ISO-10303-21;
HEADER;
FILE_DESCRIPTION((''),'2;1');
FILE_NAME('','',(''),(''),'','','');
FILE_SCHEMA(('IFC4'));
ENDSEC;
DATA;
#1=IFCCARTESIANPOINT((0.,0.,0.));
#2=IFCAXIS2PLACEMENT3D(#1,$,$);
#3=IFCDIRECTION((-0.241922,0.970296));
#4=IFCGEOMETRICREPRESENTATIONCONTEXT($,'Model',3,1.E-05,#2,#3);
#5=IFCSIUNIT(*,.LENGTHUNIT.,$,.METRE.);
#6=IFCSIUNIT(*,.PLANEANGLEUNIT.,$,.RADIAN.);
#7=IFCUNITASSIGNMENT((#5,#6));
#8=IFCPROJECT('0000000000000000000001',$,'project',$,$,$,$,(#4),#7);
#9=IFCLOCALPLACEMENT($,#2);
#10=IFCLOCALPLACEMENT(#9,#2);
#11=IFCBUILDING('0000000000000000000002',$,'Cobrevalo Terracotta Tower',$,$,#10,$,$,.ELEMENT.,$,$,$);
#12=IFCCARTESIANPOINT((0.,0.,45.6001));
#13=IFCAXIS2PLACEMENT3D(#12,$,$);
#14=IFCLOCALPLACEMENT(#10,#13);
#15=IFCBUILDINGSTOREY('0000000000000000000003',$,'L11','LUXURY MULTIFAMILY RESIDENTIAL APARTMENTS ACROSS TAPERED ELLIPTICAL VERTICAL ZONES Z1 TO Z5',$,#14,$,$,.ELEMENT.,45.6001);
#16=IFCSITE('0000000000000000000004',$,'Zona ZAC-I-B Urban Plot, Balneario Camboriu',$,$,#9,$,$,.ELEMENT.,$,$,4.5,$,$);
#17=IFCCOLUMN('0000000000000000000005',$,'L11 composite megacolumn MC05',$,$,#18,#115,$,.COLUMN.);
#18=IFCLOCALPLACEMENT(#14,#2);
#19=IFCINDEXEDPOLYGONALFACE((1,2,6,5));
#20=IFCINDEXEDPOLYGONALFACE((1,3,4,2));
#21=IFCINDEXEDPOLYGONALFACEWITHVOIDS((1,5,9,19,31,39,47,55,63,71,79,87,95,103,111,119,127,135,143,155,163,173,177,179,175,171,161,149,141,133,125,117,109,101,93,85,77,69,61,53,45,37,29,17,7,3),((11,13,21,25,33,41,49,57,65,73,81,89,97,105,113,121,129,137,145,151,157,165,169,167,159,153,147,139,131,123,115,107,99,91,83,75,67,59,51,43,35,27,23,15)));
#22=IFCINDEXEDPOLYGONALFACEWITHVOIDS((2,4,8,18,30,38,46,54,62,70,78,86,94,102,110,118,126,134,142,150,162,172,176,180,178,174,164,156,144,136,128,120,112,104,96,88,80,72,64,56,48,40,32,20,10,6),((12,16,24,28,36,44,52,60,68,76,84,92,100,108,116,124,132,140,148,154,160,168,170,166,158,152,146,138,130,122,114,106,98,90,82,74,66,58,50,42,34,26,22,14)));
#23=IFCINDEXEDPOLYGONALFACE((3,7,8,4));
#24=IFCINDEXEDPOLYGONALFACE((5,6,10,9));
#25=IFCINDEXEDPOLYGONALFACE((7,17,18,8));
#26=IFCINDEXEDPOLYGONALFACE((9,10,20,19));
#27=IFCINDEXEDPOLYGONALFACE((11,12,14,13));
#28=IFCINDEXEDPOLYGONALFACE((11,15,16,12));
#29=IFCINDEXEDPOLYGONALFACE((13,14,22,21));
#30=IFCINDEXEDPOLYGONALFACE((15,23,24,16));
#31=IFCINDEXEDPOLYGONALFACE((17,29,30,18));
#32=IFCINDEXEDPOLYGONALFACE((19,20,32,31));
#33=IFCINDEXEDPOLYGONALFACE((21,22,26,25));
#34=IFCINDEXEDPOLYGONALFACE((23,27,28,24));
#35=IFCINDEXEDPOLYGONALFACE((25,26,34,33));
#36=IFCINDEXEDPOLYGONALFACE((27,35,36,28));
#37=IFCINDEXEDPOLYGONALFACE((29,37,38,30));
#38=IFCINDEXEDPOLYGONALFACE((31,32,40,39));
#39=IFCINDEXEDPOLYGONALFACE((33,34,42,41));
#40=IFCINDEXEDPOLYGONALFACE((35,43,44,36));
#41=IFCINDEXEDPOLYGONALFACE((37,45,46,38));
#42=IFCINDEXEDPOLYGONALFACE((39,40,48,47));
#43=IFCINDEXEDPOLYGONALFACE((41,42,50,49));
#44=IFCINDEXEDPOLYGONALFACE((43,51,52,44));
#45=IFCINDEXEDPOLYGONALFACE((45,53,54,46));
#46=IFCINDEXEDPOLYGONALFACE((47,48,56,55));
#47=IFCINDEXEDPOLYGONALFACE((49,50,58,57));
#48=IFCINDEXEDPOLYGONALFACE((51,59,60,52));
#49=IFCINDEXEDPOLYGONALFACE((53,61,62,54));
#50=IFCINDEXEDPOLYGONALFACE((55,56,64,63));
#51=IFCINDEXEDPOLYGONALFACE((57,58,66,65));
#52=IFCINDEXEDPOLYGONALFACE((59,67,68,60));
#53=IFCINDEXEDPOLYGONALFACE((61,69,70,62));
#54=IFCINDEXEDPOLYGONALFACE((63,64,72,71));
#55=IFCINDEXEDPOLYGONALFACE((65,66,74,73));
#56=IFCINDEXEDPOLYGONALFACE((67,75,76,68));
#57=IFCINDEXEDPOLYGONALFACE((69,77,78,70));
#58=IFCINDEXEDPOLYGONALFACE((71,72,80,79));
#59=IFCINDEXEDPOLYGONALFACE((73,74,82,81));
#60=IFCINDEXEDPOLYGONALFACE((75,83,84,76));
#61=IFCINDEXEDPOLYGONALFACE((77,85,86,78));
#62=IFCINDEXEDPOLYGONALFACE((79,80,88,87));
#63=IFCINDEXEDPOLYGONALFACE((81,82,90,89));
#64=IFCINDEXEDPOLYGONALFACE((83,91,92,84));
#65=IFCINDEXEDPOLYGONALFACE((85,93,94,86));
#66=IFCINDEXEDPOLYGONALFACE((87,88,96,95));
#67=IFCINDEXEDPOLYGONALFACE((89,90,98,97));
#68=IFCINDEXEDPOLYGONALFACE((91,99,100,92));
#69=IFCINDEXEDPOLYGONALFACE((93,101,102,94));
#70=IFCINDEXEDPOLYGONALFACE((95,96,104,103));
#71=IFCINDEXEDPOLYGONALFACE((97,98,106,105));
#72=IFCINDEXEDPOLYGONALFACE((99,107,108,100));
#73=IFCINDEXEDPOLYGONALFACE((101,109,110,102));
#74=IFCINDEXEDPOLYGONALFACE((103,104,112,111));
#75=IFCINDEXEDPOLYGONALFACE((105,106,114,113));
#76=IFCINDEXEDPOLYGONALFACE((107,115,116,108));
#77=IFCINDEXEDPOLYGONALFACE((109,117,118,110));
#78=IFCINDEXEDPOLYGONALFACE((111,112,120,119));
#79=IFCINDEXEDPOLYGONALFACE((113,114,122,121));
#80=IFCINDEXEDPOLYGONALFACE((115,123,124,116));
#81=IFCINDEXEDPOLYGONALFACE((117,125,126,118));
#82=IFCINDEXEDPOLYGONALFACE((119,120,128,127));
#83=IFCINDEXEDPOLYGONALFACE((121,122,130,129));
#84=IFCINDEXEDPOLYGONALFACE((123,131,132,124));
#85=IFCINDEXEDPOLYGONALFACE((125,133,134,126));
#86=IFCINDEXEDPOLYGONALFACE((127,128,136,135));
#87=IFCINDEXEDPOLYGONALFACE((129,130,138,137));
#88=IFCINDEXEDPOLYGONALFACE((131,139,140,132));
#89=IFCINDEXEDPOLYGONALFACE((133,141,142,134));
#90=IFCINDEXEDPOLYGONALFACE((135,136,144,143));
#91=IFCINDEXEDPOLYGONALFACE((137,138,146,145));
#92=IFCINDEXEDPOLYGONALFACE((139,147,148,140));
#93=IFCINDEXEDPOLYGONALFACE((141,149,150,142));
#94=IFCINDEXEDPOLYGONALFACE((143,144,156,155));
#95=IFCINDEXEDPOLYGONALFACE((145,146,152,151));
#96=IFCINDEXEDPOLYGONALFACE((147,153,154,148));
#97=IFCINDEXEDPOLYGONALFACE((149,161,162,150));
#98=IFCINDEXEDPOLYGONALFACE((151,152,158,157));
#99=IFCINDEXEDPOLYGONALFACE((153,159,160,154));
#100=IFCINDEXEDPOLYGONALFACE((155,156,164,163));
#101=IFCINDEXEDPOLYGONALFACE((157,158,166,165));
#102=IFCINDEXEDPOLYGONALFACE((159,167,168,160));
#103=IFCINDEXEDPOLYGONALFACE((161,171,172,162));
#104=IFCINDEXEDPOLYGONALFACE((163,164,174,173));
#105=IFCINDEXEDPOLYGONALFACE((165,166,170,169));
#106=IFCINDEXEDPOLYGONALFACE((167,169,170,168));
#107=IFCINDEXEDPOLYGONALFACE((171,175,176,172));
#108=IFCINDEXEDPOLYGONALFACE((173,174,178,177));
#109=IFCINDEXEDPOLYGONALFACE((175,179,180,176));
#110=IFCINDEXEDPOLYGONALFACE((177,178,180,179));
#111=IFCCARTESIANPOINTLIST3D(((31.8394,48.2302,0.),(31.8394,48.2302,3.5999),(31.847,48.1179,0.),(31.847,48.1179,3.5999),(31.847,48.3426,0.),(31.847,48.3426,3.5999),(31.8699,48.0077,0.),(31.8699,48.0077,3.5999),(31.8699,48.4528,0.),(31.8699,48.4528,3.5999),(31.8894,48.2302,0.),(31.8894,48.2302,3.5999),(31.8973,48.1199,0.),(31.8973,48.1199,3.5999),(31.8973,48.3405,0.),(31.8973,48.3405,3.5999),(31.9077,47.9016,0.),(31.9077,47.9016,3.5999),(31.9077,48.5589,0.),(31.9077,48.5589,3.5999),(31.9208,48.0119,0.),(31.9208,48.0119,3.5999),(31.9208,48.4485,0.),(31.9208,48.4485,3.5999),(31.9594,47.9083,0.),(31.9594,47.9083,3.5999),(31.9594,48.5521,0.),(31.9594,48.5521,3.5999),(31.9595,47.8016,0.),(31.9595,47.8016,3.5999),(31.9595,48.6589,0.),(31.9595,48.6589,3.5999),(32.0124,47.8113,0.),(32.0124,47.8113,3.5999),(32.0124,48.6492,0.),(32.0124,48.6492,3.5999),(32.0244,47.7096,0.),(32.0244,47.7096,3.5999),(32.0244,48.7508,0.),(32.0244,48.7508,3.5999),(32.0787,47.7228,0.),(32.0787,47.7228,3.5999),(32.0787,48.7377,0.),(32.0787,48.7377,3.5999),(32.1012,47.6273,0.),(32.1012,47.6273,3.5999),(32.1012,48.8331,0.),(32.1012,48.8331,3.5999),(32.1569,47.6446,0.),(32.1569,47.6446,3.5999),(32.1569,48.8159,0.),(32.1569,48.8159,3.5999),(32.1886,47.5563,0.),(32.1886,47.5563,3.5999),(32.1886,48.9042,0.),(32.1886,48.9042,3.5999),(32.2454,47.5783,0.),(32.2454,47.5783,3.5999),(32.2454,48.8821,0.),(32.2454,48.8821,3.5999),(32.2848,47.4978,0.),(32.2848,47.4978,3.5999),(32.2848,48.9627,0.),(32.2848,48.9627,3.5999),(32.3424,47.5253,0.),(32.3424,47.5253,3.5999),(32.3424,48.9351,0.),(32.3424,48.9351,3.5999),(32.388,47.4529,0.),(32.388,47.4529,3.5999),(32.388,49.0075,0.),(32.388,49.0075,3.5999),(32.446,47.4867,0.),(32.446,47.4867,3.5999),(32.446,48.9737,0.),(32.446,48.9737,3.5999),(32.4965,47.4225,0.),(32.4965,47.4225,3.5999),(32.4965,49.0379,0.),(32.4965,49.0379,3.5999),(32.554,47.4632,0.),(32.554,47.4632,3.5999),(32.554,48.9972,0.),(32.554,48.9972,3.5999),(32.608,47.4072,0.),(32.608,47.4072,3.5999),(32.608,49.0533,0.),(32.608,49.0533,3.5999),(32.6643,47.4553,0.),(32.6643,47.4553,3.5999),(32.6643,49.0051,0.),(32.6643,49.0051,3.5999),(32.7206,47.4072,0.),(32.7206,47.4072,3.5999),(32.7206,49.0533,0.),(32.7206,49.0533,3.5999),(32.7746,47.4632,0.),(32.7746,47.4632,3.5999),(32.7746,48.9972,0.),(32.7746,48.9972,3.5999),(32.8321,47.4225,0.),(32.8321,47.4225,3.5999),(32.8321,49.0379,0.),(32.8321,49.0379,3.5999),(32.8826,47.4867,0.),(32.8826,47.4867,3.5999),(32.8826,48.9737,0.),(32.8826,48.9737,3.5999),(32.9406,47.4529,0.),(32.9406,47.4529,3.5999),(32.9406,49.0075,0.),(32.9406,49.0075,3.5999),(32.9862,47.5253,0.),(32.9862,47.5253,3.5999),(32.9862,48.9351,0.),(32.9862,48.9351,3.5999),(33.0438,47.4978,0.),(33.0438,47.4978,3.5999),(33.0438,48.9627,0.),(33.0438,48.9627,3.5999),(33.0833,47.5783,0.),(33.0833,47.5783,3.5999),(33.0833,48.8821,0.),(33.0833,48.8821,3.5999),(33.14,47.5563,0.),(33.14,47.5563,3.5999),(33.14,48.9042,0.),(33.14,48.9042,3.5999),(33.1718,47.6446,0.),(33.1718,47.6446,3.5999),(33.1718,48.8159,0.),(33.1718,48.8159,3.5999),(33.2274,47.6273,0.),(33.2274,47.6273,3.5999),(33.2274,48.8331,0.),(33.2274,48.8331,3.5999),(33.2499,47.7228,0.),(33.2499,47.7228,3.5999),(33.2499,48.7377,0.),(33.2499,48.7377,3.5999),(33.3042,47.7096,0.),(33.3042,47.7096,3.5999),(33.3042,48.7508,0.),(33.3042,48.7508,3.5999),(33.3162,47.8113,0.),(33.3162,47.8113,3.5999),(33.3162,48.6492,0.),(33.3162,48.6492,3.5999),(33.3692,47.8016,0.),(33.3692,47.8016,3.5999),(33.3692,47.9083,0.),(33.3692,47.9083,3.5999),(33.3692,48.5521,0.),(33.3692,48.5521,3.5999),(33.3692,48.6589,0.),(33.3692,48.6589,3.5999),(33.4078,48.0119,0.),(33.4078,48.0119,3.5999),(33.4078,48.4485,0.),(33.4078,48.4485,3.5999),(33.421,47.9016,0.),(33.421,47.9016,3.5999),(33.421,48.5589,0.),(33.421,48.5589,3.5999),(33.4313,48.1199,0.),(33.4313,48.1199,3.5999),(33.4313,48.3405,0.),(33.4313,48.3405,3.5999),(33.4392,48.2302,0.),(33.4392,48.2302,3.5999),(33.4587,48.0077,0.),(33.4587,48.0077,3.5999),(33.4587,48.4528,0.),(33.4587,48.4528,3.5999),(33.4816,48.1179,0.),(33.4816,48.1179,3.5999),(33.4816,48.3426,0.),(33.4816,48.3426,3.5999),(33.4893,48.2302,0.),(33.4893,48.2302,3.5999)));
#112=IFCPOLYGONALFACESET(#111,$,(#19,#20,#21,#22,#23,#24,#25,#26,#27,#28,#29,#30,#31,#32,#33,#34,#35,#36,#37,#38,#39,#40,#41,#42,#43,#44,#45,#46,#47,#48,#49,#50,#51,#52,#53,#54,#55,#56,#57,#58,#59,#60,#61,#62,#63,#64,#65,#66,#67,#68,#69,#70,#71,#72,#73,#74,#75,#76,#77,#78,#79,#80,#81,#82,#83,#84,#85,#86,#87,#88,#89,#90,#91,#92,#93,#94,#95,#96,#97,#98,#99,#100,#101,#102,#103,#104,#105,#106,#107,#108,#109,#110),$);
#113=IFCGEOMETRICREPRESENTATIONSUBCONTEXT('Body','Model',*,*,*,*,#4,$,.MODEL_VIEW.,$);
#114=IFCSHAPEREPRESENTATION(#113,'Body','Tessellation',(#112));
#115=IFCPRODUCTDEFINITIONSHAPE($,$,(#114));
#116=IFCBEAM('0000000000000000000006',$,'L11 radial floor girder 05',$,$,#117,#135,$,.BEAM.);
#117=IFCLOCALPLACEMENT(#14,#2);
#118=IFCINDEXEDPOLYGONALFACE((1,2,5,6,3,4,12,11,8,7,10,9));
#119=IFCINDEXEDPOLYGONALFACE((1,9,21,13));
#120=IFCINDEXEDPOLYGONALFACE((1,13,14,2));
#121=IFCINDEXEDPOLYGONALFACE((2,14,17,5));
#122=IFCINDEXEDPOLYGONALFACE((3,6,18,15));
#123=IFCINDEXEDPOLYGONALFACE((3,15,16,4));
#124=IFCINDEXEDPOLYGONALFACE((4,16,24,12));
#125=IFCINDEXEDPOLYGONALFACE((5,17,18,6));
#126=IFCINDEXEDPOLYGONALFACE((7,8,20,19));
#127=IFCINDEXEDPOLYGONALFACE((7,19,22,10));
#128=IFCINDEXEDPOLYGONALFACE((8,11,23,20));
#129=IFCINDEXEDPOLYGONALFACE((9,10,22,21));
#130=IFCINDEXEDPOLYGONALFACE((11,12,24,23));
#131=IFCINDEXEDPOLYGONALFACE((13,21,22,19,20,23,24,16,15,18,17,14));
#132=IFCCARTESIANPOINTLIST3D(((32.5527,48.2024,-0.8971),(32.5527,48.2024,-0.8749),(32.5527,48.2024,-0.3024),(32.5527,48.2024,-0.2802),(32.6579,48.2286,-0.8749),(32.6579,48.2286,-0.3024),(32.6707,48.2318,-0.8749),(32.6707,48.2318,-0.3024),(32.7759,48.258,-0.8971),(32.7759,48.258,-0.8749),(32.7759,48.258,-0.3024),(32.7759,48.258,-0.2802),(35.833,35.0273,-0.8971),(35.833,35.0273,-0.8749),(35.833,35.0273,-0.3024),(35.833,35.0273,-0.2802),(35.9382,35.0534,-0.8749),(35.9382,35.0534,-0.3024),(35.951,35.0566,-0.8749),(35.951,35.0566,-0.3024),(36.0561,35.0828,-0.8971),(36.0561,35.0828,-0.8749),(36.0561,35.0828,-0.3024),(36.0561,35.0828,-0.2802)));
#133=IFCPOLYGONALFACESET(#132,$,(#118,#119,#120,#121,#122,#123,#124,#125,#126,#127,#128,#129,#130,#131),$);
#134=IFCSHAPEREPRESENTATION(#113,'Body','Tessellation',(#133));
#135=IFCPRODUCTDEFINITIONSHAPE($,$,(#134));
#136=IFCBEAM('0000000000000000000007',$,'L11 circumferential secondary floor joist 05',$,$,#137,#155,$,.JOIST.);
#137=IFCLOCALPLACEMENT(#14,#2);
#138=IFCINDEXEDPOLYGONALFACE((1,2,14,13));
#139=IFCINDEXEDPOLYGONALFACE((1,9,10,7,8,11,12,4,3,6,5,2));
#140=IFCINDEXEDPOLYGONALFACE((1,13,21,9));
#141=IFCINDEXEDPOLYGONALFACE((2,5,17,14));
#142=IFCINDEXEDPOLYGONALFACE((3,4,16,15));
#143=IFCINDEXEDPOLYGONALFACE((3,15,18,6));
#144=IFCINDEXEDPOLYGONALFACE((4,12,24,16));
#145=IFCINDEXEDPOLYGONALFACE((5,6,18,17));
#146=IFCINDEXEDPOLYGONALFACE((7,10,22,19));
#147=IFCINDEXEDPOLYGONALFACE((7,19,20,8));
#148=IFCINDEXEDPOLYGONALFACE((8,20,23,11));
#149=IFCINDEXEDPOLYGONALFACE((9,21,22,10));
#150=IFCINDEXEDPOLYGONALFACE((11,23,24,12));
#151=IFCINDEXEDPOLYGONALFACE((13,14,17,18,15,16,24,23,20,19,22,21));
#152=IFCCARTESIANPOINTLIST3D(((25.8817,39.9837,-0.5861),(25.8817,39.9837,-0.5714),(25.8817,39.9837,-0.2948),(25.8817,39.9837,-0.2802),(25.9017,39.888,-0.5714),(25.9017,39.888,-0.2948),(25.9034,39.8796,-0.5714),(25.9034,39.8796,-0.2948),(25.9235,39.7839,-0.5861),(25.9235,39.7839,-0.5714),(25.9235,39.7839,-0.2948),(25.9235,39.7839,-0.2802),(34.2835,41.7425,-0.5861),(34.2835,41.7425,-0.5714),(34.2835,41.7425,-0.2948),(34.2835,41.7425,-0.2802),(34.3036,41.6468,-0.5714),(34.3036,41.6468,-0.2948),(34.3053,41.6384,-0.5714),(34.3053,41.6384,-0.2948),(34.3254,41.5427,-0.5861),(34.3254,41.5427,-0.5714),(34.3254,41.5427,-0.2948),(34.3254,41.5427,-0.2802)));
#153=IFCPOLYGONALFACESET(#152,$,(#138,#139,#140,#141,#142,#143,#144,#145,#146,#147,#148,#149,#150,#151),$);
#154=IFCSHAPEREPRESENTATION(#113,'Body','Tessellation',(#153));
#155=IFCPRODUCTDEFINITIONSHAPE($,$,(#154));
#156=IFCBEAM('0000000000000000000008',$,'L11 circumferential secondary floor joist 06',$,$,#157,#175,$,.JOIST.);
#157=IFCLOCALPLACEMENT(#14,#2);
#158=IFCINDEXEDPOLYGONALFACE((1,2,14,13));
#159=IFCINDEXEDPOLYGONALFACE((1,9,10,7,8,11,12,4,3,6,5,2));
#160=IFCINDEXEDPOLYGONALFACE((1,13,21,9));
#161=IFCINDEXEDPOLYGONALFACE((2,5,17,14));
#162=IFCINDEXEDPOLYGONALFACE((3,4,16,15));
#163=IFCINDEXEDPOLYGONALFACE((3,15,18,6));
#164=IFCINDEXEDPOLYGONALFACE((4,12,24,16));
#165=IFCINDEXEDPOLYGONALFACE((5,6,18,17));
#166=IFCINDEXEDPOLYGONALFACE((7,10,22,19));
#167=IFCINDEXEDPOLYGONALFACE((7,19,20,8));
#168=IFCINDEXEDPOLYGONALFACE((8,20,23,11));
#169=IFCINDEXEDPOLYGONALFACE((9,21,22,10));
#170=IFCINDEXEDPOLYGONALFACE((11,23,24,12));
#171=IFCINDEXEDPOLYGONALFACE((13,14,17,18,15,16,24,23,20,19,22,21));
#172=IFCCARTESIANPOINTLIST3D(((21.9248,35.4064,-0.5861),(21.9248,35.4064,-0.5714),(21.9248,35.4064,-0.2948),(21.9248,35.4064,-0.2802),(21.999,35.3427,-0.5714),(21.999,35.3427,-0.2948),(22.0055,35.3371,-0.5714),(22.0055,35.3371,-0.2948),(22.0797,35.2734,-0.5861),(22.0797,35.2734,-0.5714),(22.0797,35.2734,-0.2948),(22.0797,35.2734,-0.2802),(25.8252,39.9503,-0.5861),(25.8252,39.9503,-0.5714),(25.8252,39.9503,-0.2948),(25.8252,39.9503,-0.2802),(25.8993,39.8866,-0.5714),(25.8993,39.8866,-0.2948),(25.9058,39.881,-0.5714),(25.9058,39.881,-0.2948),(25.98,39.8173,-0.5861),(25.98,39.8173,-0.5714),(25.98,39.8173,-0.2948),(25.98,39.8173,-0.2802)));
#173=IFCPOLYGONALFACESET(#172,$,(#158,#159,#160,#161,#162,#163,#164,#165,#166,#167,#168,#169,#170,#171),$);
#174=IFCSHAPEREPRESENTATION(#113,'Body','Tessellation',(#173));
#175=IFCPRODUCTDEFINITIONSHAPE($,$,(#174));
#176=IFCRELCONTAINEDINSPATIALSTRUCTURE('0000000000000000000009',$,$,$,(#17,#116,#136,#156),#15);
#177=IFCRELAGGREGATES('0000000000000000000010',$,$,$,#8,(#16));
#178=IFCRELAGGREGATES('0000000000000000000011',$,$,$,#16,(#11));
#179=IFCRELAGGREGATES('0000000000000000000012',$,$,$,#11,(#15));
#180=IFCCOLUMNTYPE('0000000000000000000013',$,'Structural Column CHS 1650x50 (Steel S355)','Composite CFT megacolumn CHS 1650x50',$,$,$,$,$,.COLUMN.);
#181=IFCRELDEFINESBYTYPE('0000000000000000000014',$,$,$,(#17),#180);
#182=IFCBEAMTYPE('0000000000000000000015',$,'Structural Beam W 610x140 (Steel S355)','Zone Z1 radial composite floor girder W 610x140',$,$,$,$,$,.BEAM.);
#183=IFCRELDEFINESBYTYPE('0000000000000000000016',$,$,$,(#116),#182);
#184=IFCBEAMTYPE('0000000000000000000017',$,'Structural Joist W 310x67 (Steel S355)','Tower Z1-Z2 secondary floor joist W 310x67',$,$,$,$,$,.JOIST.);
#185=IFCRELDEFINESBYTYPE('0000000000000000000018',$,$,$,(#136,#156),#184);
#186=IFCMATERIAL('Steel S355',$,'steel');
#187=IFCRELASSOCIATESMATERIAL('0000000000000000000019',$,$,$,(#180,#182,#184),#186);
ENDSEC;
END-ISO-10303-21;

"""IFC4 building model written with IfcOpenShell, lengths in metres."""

from ifc_helpers import new_model, si_unit, direction, frame, origin, origin_2d, place, context, subcontext, project, spatial, hollow_circle, i_section, extrude, material, material_profile, profile_set, type_object, element, save


model = new_model("IFC4")

# Units and contexts
model_context = context("Model", 3, precision=1e-05, world=origin(), true_north=direction((-0.241922, 0.970296)))
body_context = subcontext(model_context, "Body", "Model", "MODEL_VIEW")
ifc_project = project(units=[si_unit("LENGTHUNIT", "METRE"), si_unit("PLANEANGLEUNIT", "RADIAN")], contexts=[model_context])

# Site, building, storey
site_placement = place(None, origin())
site = spatial("IfcSite", under=ifc_project, at=site_placement, Name="Zona ZAC-I-B Urban Plot, Balneario Camboriu", CompositionType="ELEMENT", RefElevation=4.5)
building_placement = place(site_placement, origin())
building = spatial("IfcBuilding", under=site, at=building_placement, Name="Cobrevalo Terracotta Tower", CompositionType="ELEMENT")
storey_placement = place(building_placement, frame((0.0, 0.0, 45.6001)))
storey = spatial("IfcBuildingStorey", under=building, at=storey_placement, Name="L11", Description="LUXURY MULTIFAMILY RESIDENTIAL APARTMENTS ACROSS TAPERED ELLIPTICAL VERTICAL ZONES Z1 TO Z5", CompositionType="ELEMENT", Elevation=45.6001)

# Column
ifc_material_1 = material(Name="Steel S355", Category="steel")
ifc_material_profile_1 = material_profile(ifc_material_1, hollow_circle(Radius=0.825, WallThickness=0.05, at=origin_2d()), Name="CHS 1650x50")
ifc_profile_set_1 = profile_set([ifc_material_profile_1], Name="Steel S355")
column_type = type_object("IfcColumnType", Name="Structural Column CHS 1650x50 (Steel S355)", Description="Composite CFT megacolumn CHS 1650x50", PredefinedType="COLUMN", material=ifc_profile_set_1)
column_placement = place(storey_placement, frame((32.6643, 48.2302, 0.0), z_axis=(0.0, 0.0, 1.0), x_axis=(1.0, 0.0, 0.0)))
element("IfcColumn", 1, at=column_placement, inside=storey, type_object=column_type, Name="L11 composite megacolumn MC05", PredefinedType="COLUMN", context=body_context, shape_type="SweptSolid", body=[
    extrude(hollow_circle(Radius=0.825, WallThickness=0.05, at=origin_2d()), origin(), (0.0, 0.0, 1.0), 3.5999),
])

# Beams
ifc_material_profile_2 = material_profile(ifc_material_1, i_section(OverallWidth=0.23, OverallDepth=0.6169, WebThickness=0.0132, FlangeThickness=0.0222, at=origin_2d()), Name="W 610x140")
ifc_profile_set_2 = profile_set([ifc_material_profile_2], Name="Steel S355")
beam_type_1 = type_object("IfcBeamType", Name="Structural Beam W 610x140 (Steel S355)", Description="Zone Z1 radial composite floor girder W 610x140", PredefinedType="BEAM", material=ifc_profile_set_2)
beam_1_placement = place(storey_placement, frame((32.6643, 48.2302, -0.5886), z_axis=(0.241596, -0.970377, 0.0), x_axis=(0.970377, 0.241596, 0.0)))
element("IfcBeam", 2, at=beam_1_placement, inside=storey, type_object=beam_type_1, Name="L11 radial floor girder 05", PredefinedType="BEAM", context=body_context, shape_type="SweptSolid", body=[
    extrude(i_section(OverallWidth=0.23, OverallDepth=0.6169, WebThickness=0.0132, FlangeThickness=0.0222, at=origin_2d()), origin(), (0.0, 0.0, 1.0), 13.5774),
])
ifc_material_profile_3 = material_profile(ifc_material_1, i_section(OverallWidth=0.2041, OverallDepth=0.3059, WebThickness=0.0085, FlangeThickness=0.0146, at=origin_2d()), Name="W 310x67")
ifc_profile_set_3 = profile_set([ifc_material_profile_3], Name="Steel S355")
beam_type_2 = type_object("IfcBeamType", Name="Structural Joist W 310x67 (Steel S355)", Description="Tower Z1-Z2 secondary floor joist W 310x67", PredefinedType="JOIST", material=ifc_profile_set_3)
beam_2_placement = place(storey_placement, frame((34.3044, 41.6426, -0.4331), z_axis=(-0.978785, -0.204892, 0.0), x_axis=(0.204892, -0.978785, 0.0)))
element("IfcBeam", 3, at=beam_2_placement, inside=storey, type_object=beam_type_2, Name="L11 circumferential secondary floor joist 05", PredefinedType="JOIST", context=body_context, shape_type="SweptSolid", body=[
    extrude(i_section(OverallWidth=0.2041, OverallDepth=0.3059, WebThickness=0.0085, FlangeThickness=0.0146, at=origin_2d()), origin(), (0.0, 0.0, 1.0), 8.584),
])
beam_3_placement = place(storey_placement, frame((25.9026, 39.8838, -0.4331), z_axis=(-0.651328, -0.758796, 0.0), x_axis=(0.758796, -0.651328, 0.0)))
element("IfcBeam", 4, at=beam_3_placement, inside=storey, type_object=beam_type_2, Name="L11 circumferential secondary floor joist 06", PredefinedType="JOIST", context=body_context, shape_type="SweptSolid", body=[
    extrude(i_section(OverallWidth=0.2041, OverallDepth=0.3059, WebThickness=0.0085, FlangeThickness=0.0146, at=origin_2d()), origin(), (0.0, 0.0, 1.0), 5.9883),
])

save(model, "model.ifc")
